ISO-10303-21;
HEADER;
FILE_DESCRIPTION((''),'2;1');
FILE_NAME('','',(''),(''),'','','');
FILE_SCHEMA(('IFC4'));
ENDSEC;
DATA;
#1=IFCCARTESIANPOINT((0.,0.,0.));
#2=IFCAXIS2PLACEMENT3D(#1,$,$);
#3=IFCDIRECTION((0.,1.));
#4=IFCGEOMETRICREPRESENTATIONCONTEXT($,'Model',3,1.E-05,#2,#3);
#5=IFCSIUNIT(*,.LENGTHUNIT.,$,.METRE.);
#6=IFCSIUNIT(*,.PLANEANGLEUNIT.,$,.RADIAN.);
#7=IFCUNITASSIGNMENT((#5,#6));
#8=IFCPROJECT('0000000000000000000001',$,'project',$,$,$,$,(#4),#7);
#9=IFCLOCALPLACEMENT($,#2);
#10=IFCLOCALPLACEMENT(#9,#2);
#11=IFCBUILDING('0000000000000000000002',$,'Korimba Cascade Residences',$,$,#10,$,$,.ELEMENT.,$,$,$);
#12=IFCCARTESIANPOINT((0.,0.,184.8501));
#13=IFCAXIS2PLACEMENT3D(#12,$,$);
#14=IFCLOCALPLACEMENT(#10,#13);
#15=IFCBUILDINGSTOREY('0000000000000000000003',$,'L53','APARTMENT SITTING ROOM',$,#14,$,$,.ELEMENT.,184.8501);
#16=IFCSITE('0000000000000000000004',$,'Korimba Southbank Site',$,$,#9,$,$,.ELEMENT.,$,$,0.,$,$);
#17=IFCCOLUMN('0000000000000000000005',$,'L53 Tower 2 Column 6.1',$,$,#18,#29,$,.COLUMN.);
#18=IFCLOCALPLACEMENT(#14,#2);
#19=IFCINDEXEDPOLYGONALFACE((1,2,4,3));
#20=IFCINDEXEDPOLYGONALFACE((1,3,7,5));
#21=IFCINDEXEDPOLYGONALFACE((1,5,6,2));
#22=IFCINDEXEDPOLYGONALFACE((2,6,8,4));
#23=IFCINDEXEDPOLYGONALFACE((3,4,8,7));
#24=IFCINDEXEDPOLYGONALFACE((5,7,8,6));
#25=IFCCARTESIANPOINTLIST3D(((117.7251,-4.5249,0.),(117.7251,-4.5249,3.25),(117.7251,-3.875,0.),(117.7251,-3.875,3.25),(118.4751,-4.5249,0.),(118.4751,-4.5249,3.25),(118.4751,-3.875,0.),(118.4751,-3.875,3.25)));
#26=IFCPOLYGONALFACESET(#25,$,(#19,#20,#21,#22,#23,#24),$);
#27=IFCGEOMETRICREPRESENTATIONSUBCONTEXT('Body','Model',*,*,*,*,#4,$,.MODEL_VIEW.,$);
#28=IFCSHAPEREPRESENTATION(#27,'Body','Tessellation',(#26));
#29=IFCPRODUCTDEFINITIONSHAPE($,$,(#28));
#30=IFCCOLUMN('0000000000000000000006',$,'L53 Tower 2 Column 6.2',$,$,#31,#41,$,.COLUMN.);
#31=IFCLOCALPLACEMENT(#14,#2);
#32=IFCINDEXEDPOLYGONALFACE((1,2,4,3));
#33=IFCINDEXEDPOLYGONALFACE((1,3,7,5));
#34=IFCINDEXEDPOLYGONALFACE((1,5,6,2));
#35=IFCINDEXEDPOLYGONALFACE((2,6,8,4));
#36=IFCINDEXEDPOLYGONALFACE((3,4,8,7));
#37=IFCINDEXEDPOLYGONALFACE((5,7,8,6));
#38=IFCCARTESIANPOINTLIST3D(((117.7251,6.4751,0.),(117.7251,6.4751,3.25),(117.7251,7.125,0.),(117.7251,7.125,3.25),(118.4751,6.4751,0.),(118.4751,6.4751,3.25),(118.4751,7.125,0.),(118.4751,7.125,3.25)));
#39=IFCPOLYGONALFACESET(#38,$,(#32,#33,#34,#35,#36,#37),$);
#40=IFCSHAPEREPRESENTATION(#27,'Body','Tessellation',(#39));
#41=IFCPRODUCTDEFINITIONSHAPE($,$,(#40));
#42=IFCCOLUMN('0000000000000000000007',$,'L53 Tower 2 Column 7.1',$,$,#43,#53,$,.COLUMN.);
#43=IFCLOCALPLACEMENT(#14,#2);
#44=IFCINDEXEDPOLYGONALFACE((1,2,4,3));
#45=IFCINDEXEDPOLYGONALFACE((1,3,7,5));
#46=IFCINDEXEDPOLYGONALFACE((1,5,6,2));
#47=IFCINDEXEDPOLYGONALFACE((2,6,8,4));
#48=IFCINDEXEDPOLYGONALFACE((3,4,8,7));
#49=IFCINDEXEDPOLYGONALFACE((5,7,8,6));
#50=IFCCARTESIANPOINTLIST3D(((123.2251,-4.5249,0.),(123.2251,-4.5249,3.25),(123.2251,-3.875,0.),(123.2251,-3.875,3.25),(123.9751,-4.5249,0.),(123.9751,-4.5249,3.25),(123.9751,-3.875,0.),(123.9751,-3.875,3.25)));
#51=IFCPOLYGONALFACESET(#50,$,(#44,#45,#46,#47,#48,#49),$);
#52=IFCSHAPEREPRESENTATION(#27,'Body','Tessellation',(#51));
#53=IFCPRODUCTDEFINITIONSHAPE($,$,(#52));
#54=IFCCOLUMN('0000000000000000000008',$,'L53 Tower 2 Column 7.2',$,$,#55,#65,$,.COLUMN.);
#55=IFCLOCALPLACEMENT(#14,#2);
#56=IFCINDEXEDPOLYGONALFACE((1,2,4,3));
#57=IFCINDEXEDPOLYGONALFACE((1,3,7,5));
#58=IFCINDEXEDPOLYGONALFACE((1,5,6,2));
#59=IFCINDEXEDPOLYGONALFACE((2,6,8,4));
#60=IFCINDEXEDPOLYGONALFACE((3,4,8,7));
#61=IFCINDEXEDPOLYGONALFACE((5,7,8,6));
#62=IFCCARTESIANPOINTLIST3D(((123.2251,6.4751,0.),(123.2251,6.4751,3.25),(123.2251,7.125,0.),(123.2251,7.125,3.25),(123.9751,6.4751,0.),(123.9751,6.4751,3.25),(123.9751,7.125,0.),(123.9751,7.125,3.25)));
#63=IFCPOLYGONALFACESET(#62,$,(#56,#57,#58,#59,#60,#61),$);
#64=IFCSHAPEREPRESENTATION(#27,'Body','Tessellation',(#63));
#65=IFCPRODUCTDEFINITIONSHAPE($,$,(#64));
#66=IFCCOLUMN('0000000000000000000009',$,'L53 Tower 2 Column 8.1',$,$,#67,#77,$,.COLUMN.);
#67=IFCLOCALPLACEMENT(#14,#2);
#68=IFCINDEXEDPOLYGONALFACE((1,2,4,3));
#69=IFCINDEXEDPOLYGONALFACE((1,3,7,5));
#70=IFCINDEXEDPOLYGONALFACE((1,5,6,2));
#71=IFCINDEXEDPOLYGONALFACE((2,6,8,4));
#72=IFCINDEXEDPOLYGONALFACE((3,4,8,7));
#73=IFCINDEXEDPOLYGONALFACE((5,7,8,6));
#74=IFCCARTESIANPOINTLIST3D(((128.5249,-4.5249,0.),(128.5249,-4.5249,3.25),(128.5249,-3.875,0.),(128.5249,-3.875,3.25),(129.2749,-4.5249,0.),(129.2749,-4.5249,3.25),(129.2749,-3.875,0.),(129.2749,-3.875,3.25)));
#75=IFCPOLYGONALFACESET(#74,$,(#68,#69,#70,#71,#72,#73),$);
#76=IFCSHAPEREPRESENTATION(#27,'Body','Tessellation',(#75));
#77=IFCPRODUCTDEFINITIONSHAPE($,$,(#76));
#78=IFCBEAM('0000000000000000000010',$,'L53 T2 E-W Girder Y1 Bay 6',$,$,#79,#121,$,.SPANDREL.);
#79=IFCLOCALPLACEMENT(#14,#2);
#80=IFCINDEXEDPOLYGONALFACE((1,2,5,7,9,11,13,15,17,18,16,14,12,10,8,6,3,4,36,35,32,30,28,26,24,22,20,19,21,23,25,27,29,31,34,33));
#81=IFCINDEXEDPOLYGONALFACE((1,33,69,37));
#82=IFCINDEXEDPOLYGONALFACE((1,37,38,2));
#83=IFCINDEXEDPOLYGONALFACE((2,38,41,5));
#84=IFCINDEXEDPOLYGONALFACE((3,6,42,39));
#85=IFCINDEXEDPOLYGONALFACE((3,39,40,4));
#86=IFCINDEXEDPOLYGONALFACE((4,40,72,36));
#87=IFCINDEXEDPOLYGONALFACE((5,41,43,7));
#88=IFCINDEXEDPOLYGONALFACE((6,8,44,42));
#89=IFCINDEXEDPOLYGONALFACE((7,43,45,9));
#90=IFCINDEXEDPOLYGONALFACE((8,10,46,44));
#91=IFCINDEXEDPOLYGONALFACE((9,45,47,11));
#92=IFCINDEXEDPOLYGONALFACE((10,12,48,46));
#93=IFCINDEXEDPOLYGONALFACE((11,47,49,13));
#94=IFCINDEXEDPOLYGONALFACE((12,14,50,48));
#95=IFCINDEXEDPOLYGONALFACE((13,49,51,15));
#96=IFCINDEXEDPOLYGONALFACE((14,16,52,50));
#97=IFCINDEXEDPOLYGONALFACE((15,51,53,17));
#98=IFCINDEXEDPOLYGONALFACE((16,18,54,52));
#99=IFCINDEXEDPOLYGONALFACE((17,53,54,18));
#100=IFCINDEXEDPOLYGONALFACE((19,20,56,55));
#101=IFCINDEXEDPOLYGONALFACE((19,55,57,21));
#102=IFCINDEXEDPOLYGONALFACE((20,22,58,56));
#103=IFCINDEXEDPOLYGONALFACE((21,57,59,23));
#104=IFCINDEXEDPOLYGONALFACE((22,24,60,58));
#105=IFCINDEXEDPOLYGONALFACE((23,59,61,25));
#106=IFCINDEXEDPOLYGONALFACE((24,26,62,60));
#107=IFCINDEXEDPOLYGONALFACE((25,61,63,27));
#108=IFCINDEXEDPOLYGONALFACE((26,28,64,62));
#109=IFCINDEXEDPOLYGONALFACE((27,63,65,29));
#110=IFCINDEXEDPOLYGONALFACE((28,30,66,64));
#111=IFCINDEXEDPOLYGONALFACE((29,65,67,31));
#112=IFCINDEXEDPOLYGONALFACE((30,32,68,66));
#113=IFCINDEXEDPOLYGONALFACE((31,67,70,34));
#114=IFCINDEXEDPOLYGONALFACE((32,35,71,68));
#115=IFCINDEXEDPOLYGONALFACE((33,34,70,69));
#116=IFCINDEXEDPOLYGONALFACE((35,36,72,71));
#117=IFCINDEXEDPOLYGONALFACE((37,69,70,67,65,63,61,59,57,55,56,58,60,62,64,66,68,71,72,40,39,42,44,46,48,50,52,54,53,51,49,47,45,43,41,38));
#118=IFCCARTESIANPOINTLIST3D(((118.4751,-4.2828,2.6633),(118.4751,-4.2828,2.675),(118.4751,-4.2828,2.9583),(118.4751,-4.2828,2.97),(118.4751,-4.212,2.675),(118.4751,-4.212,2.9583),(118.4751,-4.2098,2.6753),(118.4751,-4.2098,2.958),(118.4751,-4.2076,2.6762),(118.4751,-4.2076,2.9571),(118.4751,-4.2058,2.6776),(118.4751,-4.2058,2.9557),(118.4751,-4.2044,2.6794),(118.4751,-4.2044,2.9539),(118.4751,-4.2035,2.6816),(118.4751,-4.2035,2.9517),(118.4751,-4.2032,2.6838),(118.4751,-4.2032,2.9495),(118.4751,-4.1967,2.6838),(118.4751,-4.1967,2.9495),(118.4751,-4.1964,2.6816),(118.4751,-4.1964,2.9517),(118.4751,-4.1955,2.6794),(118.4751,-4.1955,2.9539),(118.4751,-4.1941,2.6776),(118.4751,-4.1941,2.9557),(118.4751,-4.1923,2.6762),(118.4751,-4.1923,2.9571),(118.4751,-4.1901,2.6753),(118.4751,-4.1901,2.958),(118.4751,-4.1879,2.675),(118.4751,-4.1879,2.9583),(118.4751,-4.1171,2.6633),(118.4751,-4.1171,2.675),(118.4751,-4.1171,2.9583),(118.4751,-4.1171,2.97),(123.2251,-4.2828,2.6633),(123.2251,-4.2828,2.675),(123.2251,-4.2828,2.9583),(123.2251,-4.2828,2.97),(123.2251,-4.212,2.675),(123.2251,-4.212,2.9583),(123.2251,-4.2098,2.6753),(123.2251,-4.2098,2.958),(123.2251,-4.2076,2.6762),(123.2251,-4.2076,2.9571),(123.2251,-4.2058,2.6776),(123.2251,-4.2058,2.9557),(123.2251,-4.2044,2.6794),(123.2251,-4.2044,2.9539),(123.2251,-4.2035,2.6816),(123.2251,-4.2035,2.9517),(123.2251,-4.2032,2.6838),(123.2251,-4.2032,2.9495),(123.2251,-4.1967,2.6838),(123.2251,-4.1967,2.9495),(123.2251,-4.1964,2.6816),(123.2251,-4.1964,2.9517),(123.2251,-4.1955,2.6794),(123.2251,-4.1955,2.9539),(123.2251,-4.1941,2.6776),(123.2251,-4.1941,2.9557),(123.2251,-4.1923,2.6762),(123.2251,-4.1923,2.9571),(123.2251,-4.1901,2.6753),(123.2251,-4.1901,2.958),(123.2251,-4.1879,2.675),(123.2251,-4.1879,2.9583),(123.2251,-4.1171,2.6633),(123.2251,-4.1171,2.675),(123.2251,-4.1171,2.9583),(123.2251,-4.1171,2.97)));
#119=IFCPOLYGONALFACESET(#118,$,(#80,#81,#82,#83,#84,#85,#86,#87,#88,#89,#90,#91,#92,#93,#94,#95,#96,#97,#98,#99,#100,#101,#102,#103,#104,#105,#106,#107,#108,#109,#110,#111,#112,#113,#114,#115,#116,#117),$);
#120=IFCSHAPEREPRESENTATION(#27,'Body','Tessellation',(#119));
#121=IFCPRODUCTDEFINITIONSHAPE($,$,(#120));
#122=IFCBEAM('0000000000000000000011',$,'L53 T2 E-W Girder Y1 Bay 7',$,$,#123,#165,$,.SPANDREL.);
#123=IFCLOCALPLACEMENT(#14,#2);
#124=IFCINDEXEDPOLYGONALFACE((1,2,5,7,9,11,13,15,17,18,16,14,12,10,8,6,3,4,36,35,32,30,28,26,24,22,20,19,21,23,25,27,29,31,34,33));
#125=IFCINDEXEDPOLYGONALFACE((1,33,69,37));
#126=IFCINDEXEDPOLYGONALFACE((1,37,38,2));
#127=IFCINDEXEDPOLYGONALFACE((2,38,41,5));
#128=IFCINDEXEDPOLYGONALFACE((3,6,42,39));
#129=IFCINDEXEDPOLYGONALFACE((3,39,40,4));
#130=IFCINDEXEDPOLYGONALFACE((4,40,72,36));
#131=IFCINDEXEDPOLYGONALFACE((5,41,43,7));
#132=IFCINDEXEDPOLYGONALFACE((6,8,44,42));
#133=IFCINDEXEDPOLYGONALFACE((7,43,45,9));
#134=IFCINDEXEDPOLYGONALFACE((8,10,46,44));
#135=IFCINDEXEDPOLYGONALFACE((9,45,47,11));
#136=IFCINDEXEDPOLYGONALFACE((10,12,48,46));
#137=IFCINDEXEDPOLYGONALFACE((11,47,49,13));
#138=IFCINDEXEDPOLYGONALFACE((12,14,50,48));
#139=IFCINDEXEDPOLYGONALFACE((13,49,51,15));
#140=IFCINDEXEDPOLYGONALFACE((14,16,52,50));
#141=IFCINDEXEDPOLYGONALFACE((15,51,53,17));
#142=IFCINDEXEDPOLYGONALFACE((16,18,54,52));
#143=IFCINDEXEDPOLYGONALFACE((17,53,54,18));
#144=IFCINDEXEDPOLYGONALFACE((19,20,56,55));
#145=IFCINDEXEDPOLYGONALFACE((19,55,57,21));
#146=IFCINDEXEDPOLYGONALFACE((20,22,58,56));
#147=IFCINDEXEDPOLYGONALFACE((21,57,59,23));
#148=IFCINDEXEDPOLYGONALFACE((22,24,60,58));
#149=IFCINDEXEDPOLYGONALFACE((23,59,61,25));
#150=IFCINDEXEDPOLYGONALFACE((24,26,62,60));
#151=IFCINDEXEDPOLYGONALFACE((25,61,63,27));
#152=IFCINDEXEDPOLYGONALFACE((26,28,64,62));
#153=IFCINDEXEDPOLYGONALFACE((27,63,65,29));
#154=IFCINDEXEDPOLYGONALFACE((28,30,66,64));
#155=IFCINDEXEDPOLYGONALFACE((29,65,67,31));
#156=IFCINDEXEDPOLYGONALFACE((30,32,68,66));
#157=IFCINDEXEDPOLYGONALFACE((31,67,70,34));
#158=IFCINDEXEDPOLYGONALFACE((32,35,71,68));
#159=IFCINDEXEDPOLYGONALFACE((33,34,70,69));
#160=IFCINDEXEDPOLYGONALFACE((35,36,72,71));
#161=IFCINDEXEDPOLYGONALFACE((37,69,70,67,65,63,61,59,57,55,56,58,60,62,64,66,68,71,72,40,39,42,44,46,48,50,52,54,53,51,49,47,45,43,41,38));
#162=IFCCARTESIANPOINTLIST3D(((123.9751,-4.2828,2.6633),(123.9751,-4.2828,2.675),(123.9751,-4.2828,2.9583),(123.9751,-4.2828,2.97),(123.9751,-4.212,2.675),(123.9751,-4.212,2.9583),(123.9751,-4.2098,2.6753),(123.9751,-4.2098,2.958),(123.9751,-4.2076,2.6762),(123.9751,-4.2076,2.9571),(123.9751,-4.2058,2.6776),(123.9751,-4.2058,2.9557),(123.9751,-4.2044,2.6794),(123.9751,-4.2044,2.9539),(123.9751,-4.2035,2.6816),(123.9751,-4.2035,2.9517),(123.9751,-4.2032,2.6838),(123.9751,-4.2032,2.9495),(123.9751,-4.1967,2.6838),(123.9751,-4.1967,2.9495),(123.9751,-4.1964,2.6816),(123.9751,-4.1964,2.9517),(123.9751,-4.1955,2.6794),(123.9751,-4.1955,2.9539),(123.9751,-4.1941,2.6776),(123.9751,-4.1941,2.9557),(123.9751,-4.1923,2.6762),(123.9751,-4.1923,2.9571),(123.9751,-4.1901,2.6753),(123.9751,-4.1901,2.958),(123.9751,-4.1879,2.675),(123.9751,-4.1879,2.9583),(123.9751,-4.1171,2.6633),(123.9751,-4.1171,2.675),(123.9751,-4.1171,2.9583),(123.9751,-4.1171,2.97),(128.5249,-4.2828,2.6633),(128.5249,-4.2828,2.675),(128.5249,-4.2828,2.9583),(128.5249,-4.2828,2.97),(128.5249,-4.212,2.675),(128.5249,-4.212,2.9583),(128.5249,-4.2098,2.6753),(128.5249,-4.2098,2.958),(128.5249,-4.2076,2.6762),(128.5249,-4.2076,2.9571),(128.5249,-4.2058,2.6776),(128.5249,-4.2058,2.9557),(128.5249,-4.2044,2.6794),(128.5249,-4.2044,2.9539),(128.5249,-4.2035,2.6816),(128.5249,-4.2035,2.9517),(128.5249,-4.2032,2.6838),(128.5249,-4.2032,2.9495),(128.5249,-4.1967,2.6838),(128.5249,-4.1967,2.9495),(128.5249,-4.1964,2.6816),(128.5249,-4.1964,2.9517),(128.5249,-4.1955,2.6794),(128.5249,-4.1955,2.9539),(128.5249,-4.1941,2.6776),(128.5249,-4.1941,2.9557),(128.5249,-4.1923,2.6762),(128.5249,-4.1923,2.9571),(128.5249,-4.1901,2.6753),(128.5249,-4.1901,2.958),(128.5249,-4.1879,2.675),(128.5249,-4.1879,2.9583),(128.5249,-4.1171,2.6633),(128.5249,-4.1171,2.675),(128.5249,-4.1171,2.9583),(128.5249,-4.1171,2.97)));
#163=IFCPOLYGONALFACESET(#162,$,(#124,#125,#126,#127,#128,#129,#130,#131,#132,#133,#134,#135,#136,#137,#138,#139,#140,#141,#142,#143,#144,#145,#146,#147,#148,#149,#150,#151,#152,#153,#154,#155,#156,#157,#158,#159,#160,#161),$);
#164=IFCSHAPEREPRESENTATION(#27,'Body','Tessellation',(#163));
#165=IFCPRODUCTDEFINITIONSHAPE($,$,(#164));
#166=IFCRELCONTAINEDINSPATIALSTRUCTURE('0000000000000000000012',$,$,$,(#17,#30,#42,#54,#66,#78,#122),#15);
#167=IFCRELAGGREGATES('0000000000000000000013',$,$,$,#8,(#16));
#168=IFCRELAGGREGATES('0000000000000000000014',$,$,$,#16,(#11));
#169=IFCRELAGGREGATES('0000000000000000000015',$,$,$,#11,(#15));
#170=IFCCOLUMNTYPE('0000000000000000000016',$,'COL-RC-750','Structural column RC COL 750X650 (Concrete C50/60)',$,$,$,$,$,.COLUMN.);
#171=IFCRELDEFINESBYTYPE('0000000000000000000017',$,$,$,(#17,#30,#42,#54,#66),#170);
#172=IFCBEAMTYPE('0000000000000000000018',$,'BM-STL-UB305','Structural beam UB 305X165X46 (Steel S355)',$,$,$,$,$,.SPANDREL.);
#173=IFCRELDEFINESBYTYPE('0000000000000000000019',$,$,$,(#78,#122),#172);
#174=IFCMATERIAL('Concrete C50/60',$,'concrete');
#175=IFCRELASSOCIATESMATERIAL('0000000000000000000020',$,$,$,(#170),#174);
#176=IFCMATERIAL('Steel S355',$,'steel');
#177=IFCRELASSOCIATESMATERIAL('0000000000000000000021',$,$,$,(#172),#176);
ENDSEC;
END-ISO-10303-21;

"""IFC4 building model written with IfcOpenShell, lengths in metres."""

from ifc_helpers import new_model, si_unit, direction, frame, origin, origin_2d, place, context, subcontext, project, spatial, rectangle, i_section, extrude, material, material_profile, profile_set, type_object, element, save


model = new_model("IFC4")

# Units and contexts
model_context = context("Model", 3, precision=1e-05, world=origin(), true_north=direction((0.0, 1.0)))
body_context = subcontext(model_context, "Body", "Model", "MODEL_VIEW")
ifc_project = project(units=[si_unit("LENGTHUNIT", "METRE"), si_unit("PLANEANGLEUNIT", "RADIAN")], contexts=[model_context])

# Site, building, storey
site_placement = place(None, origin())
site = spatial("IfcSite", under=ifc_project, at=site_placement, Name="Korimba Southbank Site", CompositionType="ELEMENT", RefElevation=0.0)
building_placement = place(site_placement, origin())
building = spatial("IfcBuilding", under=site, at=building_placement, Name="Korimba Cascade Residences", CompositionType="ELEMENT")
storey_placement = place(building_placement, frame((0.0, 0.0, 184.8501)))
storey = spatial("IfcBuildingStorey", under=building, at=storey_placement, Name="L53", Description="APARTMENT SITTING ROOM", CompositionType="ELEMENT", Elevation=184.8501)

# Columns
ifc_material_1 = material(Name="Concrete C50/60", Category="concrete")
ifc_material_profile_1 = material_profile(ifc_material_1, rectangle(XDim=0.75, YDim=0.6499, at=origin_2d()), Name="Concrete C50/60")
ifc_profile_set_1 = profile_set([ifc_material_profile_1], Name="Concrete C50/60")
column_type = type_object("IfcColumnType", Name="COL-RC-750", Description="Structural column RC COL 750X650 (Concrete C50/60)", PredefinedType="COLUMN", material=ifc_profile_set_1)
for number, where, z_axis, x_axis, name in (
    (1, (118.1001, -4.2, 0.0), (0.0, 0.0, 1.0), (1.0, 0.0, 0.0), "L53 Tower 2 Column 6.1"),
    (2, (118.1001, 6.8, 0.0), (0.0, 0.0, 1.0), (1.0, 0.0, 0.0), "L53 Tower 2 Column 6.2"),
    (3, (123.6001, -4.2, 0.0), (0.0, 0.0, 1.0), (1.0, 0.0, 0.0), "L53 Tower 2 Column 7.1"),
    (4, (123.6001, 6.8, 0.0), (0.0, 0.0, 1.0), (1.0, 0.0, 0.0), "L53 Tower 2 Column 7.2"),
    (5, (128.8999, -4.2, 0.0), (0.0, 0.0, 1.0), (1.0, 0.0, 0.0), "L53 Tower 2 Column 8.1"),
):
    element("IfcColumn", number, at=place(storey_placement, frame(where, z_axis=z_axis, x_axis=x_axis)), inside=storey, type_object=column_type, Name=name, PredefinedType="COLUMN", context=body_context, shape_type="SweptSolid", body=[
        extrude(rectangle(XDim=0.75, YDim=0.6499, at=origin_2d()), origin(), (0.0, 0.0, 1.0), 3.25),
    ])

# Beams
ifc_material_2 = material(Name="Steel S355", Category="steel")
ifc_material_profile_2 = material_profile(ifc_material_2, i_section(OverallWidth=0.1658, OverallDepth=0.3066, WebThickness=0.0066, FlangeThickness=0.0117, FilletRadius=0.0088, at=origin_2d()), Name="Steel S355")
ifc_profile_set_2 = profile_set([ifc_material_profile_2], Name="Steel S355")
beam_type_1 = type_object("IfcBeamType", Name="BM-STL-UB305", Description="Structural beam UB 305X165X46 (Steel S355)", PredefinedType="SPANDREL", material=ifc_profile_set_2)
beam_1_placement = place(storey_placement, frame((118.4751, -4.2, 2.8167), z_axis=(1.0, 0.0, 0.0), x_axis=(0.0, 1.0, 0.0)))
element("IfcBeam", 6, at=beam_1_placement, inside=storey, type_object=beam_type_1, Name="L53 T2 E-W Girder Y1 Bay 6", PredefinedType="SPANDREL", context=body_context, shape_type="SweptSolid", body=[
    extrude(i_section(OverallWidth=0.1658, OverallDepth=0.3066, WebThickness=0.0066, FlangeThickness=0.0117, FilletRadius=0.0088, at=origin_2d()), origin(), (0.0, 0.0, 1.0), 4.75),
])
beam_2_placement = place(storey_placement, frame((123.9751, -4.2, 2.8167), z_axis=(1.0, 0.0, 0.0), x_axis=(0.0, 1.0, 0.0)))
element("IfcBeam", 7, at=beam_2_placement, inside=storey, type_object=beam_type_1, Name="L53 T2 E-W Girder Y1 Bay 7", PredefinedType="SPANDREL", context=body_context, shape_type="SweptSolid", body=[
    extrude(i_section(OverallWidth=0.1658, OverallDepth=0.3066, WebThickness=0.0066, FlangeThickness=0.0117, FilletRadius=0.0088, at=origin_2d()), origin(), (0.0, 0.0, 1.0), 4.5498),
])

save(model, "model.ifc")
